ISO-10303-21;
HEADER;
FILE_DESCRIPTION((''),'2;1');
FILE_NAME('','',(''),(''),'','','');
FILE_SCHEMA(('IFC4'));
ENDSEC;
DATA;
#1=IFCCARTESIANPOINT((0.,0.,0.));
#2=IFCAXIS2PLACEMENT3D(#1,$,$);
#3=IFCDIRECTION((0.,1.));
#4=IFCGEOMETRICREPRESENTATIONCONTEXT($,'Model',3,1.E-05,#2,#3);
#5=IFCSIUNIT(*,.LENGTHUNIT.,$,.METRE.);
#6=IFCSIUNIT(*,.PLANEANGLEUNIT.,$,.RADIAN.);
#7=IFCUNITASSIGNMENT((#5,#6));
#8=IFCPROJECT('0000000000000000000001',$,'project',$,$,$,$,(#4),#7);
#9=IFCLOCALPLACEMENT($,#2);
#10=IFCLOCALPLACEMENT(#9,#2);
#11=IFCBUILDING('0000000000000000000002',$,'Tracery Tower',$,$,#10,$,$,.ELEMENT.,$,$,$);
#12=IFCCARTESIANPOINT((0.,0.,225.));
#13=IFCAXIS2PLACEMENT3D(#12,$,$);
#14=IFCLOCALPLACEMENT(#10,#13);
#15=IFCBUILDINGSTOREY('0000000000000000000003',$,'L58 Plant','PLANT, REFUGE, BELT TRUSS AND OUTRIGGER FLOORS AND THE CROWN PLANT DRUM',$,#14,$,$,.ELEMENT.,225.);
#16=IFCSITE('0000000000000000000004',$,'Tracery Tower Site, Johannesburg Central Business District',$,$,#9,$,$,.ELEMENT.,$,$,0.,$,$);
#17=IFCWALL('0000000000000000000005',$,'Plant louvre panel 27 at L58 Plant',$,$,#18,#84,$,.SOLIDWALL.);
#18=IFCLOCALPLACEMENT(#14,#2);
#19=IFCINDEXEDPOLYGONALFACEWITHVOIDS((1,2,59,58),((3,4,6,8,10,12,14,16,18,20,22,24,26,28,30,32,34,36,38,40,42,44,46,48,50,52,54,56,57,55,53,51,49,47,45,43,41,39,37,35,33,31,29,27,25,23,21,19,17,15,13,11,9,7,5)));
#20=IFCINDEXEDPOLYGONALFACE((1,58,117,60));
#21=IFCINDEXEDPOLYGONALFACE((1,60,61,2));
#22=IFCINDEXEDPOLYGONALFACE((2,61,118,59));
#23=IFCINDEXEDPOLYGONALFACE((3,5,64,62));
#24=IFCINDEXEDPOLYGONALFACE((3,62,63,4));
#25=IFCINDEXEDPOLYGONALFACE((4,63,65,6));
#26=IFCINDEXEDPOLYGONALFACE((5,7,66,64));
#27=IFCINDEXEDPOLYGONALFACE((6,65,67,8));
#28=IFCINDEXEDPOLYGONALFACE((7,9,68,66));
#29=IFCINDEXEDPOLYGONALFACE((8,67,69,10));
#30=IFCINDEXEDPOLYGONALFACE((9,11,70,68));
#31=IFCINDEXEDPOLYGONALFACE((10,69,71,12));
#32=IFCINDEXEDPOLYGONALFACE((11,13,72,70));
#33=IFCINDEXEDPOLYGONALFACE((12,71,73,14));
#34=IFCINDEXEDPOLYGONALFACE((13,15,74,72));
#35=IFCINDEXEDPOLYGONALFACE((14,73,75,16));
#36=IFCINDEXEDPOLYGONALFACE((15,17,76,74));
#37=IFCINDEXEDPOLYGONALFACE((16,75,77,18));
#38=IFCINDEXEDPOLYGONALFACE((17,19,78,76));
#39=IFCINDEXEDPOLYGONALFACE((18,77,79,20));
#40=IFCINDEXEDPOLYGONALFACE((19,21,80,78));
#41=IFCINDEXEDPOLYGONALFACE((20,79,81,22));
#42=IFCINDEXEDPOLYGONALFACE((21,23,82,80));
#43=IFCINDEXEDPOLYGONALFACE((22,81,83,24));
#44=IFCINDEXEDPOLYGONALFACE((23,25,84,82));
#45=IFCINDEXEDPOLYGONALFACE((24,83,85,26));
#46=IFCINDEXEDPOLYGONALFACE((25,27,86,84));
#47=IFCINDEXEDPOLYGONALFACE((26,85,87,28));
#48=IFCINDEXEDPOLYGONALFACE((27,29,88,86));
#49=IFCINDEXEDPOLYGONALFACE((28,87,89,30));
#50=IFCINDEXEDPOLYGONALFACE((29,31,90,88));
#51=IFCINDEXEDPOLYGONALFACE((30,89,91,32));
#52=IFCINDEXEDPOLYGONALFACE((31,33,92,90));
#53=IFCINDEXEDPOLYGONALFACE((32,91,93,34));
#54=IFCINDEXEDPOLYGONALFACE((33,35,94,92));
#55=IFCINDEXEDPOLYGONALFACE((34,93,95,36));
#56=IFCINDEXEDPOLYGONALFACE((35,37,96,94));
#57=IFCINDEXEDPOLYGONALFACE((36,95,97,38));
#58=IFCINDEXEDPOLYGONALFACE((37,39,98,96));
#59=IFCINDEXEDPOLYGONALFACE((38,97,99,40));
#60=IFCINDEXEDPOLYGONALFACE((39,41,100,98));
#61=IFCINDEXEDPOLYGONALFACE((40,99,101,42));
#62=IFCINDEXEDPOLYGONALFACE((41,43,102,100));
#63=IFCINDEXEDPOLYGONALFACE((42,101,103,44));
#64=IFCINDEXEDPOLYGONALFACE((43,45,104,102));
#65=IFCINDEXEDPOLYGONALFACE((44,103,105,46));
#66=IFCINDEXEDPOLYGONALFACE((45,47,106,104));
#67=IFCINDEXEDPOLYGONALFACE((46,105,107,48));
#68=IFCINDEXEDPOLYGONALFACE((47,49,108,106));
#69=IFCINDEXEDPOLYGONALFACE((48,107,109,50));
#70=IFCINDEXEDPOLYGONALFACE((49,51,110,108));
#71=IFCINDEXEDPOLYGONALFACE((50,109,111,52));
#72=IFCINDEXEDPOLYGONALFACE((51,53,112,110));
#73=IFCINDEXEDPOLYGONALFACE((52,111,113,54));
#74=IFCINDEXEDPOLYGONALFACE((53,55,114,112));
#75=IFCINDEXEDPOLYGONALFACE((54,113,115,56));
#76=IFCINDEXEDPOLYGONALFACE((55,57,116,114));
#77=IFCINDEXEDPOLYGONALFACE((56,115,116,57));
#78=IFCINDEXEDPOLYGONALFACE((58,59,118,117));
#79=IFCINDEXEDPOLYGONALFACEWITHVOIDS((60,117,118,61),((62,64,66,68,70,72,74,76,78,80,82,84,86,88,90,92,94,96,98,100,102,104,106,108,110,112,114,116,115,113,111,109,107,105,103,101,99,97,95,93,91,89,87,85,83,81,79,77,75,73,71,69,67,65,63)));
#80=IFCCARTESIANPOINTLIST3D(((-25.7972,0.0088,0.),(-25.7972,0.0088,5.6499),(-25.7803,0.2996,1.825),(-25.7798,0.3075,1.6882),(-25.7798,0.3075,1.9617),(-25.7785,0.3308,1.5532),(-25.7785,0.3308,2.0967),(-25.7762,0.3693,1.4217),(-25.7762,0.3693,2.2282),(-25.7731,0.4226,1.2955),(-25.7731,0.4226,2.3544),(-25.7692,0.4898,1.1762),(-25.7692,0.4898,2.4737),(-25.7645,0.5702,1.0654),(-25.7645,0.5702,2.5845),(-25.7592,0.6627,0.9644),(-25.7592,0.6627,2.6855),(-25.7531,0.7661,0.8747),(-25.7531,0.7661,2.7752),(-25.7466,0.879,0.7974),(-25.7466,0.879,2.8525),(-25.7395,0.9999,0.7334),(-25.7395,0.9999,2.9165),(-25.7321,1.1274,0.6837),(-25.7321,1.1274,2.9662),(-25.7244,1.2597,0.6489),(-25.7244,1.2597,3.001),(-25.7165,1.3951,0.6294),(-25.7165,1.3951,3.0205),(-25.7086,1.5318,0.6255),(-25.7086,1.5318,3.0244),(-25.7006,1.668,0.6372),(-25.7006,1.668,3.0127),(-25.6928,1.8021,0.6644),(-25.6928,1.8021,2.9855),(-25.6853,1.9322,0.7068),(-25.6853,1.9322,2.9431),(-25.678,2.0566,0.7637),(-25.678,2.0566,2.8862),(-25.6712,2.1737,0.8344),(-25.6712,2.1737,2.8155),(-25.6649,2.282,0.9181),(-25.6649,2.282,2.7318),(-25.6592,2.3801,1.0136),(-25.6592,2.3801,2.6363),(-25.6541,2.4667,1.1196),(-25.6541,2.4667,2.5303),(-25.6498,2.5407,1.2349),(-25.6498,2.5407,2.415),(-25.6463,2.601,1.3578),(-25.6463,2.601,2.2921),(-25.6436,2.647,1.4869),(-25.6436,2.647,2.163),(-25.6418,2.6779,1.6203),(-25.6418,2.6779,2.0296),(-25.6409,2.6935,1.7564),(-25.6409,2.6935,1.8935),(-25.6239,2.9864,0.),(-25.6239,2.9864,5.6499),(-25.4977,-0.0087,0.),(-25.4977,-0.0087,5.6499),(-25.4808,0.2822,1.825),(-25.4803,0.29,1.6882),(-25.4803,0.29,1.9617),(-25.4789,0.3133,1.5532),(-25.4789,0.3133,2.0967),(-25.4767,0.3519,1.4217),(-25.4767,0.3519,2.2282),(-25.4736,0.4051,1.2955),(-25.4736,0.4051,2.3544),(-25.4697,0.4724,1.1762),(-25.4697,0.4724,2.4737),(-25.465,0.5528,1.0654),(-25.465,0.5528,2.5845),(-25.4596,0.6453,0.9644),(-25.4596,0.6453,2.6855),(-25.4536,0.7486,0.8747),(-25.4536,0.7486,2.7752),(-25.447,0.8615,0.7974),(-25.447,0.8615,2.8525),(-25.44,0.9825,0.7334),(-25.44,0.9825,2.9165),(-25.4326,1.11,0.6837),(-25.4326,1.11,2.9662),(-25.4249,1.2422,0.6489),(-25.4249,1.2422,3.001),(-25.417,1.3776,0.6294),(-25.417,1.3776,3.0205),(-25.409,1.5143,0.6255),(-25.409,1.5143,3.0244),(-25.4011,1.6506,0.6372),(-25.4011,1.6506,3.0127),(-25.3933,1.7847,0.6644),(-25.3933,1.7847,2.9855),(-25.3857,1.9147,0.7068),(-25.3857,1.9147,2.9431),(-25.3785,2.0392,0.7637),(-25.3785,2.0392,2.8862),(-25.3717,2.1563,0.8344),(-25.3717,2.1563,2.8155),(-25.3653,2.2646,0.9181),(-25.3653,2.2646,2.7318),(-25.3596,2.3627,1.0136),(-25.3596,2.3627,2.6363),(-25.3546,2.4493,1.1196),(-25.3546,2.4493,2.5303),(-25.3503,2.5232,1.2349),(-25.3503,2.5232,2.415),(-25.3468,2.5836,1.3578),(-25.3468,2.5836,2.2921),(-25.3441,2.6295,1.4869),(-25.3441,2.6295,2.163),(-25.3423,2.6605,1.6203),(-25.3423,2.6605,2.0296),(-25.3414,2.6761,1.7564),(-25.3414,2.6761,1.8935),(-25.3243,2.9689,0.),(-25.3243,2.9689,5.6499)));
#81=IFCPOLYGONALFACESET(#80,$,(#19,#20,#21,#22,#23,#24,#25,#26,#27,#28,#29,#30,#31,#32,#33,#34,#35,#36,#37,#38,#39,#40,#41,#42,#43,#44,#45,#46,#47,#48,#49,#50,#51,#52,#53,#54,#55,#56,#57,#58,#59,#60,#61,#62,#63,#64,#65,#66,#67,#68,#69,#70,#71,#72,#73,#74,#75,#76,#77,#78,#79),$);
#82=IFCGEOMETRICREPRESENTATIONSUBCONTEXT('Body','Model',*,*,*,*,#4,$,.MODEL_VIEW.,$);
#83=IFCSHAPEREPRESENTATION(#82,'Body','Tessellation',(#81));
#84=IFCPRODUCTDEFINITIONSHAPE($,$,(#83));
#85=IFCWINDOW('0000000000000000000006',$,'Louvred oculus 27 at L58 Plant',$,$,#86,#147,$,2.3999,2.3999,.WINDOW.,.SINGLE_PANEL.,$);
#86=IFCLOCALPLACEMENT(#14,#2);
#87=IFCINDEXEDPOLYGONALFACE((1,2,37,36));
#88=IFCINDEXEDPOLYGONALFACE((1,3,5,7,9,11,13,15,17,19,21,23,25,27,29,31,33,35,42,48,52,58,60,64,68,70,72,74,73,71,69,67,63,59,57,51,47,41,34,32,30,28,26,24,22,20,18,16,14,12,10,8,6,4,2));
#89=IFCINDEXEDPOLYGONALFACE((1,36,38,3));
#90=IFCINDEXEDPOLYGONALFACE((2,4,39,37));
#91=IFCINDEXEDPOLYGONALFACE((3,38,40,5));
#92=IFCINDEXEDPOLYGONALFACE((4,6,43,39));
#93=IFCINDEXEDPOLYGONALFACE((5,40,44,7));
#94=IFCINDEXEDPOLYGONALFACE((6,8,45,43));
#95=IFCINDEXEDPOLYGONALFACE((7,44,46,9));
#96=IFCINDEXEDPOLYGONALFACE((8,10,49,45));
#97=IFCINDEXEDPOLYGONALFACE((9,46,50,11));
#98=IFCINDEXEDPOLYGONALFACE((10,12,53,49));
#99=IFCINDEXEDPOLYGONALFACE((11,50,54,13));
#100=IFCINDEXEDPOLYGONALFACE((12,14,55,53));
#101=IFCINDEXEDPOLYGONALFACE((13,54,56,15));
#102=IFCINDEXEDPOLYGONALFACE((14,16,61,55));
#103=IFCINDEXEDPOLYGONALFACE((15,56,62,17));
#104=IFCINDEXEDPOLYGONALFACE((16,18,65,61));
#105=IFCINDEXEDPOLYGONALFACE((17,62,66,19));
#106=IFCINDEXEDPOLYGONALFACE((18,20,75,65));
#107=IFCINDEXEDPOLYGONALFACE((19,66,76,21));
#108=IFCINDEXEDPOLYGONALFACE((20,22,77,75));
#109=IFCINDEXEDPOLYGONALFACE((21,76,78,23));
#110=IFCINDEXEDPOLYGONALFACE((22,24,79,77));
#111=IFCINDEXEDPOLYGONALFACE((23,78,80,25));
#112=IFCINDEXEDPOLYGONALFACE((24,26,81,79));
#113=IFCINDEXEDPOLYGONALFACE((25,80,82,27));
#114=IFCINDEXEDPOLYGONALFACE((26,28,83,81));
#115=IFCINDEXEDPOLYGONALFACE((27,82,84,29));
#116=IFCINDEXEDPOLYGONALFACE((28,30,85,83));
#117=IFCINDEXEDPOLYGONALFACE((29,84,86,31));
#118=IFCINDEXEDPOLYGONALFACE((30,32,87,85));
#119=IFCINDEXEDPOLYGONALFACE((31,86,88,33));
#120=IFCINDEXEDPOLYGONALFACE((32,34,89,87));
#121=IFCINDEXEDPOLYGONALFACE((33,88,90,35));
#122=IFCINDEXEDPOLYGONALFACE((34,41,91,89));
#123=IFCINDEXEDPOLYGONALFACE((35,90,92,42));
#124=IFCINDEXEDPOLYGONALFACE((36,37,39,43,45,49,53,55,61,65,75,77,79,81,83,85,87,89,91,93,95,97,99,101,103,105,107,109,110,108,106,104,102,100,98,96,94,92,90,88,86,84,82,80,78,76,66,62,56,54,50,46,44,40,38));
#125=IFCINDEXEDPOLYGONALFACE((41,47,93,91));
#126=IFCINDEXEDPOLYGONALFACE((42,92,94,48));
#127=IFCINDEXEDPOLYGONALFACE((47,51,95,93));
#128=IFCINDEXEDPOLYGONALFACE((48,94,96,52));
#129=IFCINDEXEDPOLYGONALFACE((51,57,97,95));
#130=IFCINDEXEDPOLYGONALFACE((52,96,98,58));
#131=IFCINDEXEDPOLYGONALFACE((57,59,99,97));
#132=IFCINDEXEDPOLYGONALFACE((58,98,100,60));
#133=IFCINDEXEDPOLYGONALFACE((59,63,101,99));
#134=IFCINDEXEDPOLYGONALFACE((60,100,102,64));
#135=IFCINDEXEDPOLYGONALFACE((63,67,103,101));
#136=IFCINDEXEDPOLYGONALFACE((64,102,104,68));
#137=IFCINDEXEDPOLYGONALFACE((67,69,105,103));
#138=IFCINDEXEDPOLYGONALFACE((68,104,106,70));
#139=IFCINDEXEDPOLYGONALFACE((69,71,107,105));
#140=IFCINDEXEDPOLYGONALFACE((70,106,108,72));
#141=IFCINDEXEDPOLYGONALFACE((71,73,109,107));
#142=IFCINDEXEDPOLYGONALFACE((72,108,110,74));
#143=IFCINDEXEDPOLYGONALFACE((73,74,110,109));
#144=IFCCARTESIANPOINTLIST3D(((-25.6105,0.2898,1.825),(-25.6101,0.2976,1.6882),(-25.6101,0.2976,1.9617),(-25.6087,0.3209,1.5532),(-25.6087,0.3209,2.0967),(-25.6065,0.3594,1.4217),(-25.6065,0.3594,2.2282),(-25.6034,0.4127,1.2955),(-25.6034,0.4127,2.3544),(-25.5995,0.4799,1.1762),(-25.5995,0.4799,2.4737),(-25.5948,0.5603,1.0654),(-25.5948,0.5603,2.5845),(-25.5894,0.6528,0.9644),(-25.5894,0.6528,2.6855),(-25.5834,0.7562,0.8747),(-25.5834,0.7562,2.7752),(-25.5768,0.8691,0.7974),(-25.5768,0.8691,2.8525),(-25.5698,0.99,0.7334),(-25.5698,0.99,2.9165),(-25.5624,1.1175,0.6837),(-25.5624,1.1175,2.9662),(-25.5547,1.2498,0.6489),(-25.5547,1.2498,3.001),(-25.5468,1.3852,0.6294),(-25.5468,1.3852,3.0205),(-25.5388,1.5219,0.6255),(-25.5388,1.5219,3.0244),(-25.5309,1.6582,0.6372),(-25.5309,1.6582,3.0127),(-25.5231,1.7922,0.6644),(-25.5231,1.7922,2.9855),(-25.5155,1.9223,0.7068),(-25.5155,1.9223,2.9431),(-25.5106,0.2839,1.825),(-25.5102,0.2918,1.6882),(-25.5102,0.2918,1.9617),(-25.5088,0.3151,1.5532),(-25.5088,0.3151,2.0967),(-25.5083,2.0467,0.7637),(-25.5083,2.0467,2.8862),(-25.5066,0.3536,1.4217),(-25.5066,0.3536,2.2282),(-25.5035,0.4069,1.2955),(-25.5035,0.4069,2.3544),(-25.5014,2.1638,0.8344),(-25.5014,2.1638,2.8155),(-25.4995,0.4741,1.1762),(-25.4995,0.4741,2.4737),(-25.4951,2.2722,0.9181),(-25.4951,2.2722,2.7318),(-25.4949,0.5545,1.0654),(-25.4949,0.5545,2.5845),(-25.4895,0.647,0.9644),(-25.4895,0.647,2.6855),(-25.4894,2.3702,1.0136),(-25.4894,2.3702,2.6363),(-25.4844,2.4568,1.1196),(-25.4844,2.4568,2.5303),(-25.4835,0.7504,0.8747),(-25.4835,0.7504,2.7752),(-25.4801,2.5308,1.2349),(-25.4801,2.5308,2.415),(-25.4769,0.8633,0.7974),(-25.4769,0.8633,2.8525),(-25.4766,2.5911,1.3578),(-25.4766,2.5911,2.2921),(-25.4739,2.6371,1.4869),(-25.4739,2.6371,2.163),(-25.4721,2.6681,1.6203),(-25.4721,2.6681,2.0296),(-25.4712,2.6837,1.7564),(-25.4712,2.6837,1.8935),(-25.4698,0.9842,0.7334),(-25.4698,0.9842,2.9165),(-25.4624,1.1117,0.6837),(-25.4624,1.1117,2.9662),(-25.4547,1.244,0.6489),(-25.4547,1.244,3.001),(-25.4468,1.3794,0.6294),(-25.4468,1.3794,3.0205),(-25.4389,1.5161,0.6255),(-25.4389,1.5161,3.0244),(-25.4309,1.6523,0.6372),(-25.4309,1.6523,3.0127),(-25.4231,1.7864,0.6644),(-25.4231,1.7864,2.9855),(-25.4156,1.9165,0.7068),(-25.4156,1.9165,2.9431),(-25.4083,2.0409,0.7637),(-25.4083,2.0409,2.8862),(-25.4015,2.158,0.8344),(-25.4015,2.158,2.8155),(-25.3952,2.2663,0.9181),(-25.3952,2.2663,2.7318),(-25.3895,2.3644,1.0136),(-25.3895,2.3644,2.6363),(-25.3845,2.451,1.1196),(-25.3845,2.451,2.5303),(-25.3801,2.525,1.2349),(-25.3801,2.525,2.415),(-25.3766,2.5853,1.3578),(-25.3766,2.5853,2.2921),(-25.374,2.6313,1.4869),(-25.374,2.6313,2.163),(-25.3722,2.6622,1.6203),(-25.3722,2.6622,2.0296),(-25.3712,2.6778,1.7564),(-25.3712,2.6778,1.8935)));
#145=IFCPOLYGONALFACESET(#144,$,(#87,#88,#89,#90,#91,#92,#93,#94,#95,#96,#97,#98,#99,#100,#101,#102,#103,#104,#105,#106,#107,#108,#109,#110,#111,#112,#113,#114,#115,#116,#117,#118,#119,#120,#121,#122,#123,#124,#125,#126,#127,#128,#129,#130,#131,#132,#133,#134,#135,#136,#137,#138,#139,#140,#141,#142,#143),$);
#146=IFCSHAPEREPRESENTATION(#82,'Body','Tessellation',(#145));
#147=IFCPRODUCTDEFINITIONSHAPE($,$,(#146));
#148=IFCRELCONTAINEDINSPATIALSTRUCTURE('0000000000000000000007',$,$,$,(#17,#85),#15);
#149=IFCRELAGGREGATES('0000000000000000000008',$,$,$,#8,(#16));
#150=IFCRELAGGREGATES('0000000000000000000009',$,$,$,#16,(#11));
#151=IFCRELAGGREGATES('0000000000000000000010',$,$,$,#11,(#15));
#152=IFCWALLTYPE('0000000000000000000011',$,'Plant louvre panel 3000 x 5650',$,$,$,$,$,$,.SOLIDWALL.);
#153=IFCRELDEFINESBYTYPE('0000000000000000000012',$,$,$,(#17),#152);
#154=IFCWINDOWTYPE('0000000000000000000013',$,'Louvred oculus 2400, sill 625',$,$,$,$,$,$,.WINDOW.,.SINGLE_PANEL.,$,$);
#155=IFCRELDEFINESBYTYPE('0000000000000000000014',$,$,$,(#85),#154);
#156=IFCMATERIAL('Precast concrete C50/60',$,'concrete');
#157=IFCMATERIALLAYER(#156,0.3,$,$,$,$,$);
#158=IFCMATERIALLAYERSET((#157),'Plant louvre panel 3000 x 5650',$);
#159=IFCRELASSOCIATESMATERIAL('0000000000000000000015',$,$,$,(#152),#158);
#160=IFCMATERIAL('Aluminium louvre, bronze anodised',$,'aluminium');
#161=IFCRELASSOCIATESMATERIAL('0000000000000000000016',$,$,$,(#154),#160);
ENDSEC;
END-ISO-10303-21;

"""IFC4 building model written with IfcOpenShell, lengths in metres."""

from ifc_helpers import new_model, si_unit, direction, frame, frame_2d, origin, origin_2d, place, context, subcontext, project, spatial, rectangle, circle, extrude, material, layer, layer_set, type_object, element, fill, save


model = new_model("IFC4")

# Units and contexts
model_context = context("Model", 3, precision=1e-05, world=origin(), true_north=direction((0.0, 1.0)))
body_context = subcontext(model_context, "Body", "Model", "MODEL_VIEW")
ifc_project = project(units=[si_unit("LENGTHUNIT", "METRE"), si_unit("PLANEANGLEUNIT", "RADIAN")], contexts=[model_context])

# Site, building, storey
site_placement = place(None, origin())
site = spatial("IfcSite", under=ifc_project, at=site_placement, Name="Tracery Tower Site, Johannesburg Central Business District", CompositionType="ELEMENT", RefElevation=0.0)
building_placement = place(site_placement, origin())
building = spatial("IfcBuilding", under=site, at=building_placement, Name="Tracery Tower", CompositionType="ELEMENT")
storey_placement = place(building_placement, frame((0.0, 0.0, 225.0)))
storey = spatial("IfcBuildingStorey", under=building, at=storey_placement, Name="L58 Plant", Description="PLANT, REFUGE, BELT TRUSS AND OUTRIGGER FLOORS AND THE CROWN PLANT DRUM", CompositionType="ELEMENT", Elevation=225.0)

# Wall, opening, window
ifc_material_1 = material(Name="Precast concrete C50/60", Category="concrete")
ifc_layer_1 = layer(ifc_material_1, 0.3)
ifc_layer_set_1 = layer_set([ifc_layer_1], Name="Plant louvre panel 3000 x 5650")
wall_type_1 = type_object("IfcWallType", Name="Plant louvre panel 3000 x 5650", PredefinedType="SOLIDWALL", material=ifc_layer_set_1)
ifc_material_2 = material(Name="Aluminium louvre, bronze anodised", Category="aluminium")
window_type = type_object("IfcWindowType", Name="Louvred oculus 2400, sill 625", PartitioningType="SINGLE_PANEL", PredefinedType="WINDOW", material=ifc_material_2)
wall_1_placement = place(storey_placement, frame((-25.4741, 2.9775, 0.0), z_axis=(0.0, 0.0, 1.0), x_axis=(-0.058117, -0.99831, 0.0)))
wall_1 = element("IfcWall", 1, at=wall_1_placement, inside=storey, type_object=wall_type_1, Name="Plant louvre panel 27 at L58 Plant", PredefinedType="SOLIDWALL", context=body_context, shape_type="SweptSolid", body=[
    extrude(rectangle(XDim=2.9827, YDim=0.3, at=frame_2d((1.4912, 0.0))), origin(), (0.0, 0.0, 1.0), 5.6499),
])
opening_1_placement = place(wall_1_placement, frame((1.4912, 0.0, 1.825)))
opening_1 = element("IfcOpeningElement", 2, at=opening_1_placement, cuts=wall_1, PredefinedType="OPENING", context=body_context, shape_type="SweptSolid", body=[
    extrude(circle(Radius=1.2, at=origin_2d()), frame((0.0, 0.1599, 0.0), z_axis=(0.0, -1.0, 0.0), x_axis=(1.0, 0.0, 0.0)), (0.0, 0.0, 1.0), 0.3201),
])
window_1_placement = place(opening_1_placement, origin())
window_1 = element("IfcWindow", 3, at=window_1_placement, inside=storey, type_object=window_type, Name="Louvred oculus 27 at L58 Plant", OverallHeight=2.3999, OverallWidth=2.3999, PartitioningType="SINGLE_PANEL", PredefinedType="WINDOW", context=body_context, shape_type="SweptSolid", body=[
    extrude(circle(Radius=1.2, at=origin_2d()), frame((0.0, 0.1201, 0.0), z_axis=(0.0, -1.0, 0.0), x_axis=(1.0, 0.0, 0.0)), (0.0, 0.0, 1.0), 0.1001),
])
fill(opening_1, window_1)

save(model, "model.ifc")
